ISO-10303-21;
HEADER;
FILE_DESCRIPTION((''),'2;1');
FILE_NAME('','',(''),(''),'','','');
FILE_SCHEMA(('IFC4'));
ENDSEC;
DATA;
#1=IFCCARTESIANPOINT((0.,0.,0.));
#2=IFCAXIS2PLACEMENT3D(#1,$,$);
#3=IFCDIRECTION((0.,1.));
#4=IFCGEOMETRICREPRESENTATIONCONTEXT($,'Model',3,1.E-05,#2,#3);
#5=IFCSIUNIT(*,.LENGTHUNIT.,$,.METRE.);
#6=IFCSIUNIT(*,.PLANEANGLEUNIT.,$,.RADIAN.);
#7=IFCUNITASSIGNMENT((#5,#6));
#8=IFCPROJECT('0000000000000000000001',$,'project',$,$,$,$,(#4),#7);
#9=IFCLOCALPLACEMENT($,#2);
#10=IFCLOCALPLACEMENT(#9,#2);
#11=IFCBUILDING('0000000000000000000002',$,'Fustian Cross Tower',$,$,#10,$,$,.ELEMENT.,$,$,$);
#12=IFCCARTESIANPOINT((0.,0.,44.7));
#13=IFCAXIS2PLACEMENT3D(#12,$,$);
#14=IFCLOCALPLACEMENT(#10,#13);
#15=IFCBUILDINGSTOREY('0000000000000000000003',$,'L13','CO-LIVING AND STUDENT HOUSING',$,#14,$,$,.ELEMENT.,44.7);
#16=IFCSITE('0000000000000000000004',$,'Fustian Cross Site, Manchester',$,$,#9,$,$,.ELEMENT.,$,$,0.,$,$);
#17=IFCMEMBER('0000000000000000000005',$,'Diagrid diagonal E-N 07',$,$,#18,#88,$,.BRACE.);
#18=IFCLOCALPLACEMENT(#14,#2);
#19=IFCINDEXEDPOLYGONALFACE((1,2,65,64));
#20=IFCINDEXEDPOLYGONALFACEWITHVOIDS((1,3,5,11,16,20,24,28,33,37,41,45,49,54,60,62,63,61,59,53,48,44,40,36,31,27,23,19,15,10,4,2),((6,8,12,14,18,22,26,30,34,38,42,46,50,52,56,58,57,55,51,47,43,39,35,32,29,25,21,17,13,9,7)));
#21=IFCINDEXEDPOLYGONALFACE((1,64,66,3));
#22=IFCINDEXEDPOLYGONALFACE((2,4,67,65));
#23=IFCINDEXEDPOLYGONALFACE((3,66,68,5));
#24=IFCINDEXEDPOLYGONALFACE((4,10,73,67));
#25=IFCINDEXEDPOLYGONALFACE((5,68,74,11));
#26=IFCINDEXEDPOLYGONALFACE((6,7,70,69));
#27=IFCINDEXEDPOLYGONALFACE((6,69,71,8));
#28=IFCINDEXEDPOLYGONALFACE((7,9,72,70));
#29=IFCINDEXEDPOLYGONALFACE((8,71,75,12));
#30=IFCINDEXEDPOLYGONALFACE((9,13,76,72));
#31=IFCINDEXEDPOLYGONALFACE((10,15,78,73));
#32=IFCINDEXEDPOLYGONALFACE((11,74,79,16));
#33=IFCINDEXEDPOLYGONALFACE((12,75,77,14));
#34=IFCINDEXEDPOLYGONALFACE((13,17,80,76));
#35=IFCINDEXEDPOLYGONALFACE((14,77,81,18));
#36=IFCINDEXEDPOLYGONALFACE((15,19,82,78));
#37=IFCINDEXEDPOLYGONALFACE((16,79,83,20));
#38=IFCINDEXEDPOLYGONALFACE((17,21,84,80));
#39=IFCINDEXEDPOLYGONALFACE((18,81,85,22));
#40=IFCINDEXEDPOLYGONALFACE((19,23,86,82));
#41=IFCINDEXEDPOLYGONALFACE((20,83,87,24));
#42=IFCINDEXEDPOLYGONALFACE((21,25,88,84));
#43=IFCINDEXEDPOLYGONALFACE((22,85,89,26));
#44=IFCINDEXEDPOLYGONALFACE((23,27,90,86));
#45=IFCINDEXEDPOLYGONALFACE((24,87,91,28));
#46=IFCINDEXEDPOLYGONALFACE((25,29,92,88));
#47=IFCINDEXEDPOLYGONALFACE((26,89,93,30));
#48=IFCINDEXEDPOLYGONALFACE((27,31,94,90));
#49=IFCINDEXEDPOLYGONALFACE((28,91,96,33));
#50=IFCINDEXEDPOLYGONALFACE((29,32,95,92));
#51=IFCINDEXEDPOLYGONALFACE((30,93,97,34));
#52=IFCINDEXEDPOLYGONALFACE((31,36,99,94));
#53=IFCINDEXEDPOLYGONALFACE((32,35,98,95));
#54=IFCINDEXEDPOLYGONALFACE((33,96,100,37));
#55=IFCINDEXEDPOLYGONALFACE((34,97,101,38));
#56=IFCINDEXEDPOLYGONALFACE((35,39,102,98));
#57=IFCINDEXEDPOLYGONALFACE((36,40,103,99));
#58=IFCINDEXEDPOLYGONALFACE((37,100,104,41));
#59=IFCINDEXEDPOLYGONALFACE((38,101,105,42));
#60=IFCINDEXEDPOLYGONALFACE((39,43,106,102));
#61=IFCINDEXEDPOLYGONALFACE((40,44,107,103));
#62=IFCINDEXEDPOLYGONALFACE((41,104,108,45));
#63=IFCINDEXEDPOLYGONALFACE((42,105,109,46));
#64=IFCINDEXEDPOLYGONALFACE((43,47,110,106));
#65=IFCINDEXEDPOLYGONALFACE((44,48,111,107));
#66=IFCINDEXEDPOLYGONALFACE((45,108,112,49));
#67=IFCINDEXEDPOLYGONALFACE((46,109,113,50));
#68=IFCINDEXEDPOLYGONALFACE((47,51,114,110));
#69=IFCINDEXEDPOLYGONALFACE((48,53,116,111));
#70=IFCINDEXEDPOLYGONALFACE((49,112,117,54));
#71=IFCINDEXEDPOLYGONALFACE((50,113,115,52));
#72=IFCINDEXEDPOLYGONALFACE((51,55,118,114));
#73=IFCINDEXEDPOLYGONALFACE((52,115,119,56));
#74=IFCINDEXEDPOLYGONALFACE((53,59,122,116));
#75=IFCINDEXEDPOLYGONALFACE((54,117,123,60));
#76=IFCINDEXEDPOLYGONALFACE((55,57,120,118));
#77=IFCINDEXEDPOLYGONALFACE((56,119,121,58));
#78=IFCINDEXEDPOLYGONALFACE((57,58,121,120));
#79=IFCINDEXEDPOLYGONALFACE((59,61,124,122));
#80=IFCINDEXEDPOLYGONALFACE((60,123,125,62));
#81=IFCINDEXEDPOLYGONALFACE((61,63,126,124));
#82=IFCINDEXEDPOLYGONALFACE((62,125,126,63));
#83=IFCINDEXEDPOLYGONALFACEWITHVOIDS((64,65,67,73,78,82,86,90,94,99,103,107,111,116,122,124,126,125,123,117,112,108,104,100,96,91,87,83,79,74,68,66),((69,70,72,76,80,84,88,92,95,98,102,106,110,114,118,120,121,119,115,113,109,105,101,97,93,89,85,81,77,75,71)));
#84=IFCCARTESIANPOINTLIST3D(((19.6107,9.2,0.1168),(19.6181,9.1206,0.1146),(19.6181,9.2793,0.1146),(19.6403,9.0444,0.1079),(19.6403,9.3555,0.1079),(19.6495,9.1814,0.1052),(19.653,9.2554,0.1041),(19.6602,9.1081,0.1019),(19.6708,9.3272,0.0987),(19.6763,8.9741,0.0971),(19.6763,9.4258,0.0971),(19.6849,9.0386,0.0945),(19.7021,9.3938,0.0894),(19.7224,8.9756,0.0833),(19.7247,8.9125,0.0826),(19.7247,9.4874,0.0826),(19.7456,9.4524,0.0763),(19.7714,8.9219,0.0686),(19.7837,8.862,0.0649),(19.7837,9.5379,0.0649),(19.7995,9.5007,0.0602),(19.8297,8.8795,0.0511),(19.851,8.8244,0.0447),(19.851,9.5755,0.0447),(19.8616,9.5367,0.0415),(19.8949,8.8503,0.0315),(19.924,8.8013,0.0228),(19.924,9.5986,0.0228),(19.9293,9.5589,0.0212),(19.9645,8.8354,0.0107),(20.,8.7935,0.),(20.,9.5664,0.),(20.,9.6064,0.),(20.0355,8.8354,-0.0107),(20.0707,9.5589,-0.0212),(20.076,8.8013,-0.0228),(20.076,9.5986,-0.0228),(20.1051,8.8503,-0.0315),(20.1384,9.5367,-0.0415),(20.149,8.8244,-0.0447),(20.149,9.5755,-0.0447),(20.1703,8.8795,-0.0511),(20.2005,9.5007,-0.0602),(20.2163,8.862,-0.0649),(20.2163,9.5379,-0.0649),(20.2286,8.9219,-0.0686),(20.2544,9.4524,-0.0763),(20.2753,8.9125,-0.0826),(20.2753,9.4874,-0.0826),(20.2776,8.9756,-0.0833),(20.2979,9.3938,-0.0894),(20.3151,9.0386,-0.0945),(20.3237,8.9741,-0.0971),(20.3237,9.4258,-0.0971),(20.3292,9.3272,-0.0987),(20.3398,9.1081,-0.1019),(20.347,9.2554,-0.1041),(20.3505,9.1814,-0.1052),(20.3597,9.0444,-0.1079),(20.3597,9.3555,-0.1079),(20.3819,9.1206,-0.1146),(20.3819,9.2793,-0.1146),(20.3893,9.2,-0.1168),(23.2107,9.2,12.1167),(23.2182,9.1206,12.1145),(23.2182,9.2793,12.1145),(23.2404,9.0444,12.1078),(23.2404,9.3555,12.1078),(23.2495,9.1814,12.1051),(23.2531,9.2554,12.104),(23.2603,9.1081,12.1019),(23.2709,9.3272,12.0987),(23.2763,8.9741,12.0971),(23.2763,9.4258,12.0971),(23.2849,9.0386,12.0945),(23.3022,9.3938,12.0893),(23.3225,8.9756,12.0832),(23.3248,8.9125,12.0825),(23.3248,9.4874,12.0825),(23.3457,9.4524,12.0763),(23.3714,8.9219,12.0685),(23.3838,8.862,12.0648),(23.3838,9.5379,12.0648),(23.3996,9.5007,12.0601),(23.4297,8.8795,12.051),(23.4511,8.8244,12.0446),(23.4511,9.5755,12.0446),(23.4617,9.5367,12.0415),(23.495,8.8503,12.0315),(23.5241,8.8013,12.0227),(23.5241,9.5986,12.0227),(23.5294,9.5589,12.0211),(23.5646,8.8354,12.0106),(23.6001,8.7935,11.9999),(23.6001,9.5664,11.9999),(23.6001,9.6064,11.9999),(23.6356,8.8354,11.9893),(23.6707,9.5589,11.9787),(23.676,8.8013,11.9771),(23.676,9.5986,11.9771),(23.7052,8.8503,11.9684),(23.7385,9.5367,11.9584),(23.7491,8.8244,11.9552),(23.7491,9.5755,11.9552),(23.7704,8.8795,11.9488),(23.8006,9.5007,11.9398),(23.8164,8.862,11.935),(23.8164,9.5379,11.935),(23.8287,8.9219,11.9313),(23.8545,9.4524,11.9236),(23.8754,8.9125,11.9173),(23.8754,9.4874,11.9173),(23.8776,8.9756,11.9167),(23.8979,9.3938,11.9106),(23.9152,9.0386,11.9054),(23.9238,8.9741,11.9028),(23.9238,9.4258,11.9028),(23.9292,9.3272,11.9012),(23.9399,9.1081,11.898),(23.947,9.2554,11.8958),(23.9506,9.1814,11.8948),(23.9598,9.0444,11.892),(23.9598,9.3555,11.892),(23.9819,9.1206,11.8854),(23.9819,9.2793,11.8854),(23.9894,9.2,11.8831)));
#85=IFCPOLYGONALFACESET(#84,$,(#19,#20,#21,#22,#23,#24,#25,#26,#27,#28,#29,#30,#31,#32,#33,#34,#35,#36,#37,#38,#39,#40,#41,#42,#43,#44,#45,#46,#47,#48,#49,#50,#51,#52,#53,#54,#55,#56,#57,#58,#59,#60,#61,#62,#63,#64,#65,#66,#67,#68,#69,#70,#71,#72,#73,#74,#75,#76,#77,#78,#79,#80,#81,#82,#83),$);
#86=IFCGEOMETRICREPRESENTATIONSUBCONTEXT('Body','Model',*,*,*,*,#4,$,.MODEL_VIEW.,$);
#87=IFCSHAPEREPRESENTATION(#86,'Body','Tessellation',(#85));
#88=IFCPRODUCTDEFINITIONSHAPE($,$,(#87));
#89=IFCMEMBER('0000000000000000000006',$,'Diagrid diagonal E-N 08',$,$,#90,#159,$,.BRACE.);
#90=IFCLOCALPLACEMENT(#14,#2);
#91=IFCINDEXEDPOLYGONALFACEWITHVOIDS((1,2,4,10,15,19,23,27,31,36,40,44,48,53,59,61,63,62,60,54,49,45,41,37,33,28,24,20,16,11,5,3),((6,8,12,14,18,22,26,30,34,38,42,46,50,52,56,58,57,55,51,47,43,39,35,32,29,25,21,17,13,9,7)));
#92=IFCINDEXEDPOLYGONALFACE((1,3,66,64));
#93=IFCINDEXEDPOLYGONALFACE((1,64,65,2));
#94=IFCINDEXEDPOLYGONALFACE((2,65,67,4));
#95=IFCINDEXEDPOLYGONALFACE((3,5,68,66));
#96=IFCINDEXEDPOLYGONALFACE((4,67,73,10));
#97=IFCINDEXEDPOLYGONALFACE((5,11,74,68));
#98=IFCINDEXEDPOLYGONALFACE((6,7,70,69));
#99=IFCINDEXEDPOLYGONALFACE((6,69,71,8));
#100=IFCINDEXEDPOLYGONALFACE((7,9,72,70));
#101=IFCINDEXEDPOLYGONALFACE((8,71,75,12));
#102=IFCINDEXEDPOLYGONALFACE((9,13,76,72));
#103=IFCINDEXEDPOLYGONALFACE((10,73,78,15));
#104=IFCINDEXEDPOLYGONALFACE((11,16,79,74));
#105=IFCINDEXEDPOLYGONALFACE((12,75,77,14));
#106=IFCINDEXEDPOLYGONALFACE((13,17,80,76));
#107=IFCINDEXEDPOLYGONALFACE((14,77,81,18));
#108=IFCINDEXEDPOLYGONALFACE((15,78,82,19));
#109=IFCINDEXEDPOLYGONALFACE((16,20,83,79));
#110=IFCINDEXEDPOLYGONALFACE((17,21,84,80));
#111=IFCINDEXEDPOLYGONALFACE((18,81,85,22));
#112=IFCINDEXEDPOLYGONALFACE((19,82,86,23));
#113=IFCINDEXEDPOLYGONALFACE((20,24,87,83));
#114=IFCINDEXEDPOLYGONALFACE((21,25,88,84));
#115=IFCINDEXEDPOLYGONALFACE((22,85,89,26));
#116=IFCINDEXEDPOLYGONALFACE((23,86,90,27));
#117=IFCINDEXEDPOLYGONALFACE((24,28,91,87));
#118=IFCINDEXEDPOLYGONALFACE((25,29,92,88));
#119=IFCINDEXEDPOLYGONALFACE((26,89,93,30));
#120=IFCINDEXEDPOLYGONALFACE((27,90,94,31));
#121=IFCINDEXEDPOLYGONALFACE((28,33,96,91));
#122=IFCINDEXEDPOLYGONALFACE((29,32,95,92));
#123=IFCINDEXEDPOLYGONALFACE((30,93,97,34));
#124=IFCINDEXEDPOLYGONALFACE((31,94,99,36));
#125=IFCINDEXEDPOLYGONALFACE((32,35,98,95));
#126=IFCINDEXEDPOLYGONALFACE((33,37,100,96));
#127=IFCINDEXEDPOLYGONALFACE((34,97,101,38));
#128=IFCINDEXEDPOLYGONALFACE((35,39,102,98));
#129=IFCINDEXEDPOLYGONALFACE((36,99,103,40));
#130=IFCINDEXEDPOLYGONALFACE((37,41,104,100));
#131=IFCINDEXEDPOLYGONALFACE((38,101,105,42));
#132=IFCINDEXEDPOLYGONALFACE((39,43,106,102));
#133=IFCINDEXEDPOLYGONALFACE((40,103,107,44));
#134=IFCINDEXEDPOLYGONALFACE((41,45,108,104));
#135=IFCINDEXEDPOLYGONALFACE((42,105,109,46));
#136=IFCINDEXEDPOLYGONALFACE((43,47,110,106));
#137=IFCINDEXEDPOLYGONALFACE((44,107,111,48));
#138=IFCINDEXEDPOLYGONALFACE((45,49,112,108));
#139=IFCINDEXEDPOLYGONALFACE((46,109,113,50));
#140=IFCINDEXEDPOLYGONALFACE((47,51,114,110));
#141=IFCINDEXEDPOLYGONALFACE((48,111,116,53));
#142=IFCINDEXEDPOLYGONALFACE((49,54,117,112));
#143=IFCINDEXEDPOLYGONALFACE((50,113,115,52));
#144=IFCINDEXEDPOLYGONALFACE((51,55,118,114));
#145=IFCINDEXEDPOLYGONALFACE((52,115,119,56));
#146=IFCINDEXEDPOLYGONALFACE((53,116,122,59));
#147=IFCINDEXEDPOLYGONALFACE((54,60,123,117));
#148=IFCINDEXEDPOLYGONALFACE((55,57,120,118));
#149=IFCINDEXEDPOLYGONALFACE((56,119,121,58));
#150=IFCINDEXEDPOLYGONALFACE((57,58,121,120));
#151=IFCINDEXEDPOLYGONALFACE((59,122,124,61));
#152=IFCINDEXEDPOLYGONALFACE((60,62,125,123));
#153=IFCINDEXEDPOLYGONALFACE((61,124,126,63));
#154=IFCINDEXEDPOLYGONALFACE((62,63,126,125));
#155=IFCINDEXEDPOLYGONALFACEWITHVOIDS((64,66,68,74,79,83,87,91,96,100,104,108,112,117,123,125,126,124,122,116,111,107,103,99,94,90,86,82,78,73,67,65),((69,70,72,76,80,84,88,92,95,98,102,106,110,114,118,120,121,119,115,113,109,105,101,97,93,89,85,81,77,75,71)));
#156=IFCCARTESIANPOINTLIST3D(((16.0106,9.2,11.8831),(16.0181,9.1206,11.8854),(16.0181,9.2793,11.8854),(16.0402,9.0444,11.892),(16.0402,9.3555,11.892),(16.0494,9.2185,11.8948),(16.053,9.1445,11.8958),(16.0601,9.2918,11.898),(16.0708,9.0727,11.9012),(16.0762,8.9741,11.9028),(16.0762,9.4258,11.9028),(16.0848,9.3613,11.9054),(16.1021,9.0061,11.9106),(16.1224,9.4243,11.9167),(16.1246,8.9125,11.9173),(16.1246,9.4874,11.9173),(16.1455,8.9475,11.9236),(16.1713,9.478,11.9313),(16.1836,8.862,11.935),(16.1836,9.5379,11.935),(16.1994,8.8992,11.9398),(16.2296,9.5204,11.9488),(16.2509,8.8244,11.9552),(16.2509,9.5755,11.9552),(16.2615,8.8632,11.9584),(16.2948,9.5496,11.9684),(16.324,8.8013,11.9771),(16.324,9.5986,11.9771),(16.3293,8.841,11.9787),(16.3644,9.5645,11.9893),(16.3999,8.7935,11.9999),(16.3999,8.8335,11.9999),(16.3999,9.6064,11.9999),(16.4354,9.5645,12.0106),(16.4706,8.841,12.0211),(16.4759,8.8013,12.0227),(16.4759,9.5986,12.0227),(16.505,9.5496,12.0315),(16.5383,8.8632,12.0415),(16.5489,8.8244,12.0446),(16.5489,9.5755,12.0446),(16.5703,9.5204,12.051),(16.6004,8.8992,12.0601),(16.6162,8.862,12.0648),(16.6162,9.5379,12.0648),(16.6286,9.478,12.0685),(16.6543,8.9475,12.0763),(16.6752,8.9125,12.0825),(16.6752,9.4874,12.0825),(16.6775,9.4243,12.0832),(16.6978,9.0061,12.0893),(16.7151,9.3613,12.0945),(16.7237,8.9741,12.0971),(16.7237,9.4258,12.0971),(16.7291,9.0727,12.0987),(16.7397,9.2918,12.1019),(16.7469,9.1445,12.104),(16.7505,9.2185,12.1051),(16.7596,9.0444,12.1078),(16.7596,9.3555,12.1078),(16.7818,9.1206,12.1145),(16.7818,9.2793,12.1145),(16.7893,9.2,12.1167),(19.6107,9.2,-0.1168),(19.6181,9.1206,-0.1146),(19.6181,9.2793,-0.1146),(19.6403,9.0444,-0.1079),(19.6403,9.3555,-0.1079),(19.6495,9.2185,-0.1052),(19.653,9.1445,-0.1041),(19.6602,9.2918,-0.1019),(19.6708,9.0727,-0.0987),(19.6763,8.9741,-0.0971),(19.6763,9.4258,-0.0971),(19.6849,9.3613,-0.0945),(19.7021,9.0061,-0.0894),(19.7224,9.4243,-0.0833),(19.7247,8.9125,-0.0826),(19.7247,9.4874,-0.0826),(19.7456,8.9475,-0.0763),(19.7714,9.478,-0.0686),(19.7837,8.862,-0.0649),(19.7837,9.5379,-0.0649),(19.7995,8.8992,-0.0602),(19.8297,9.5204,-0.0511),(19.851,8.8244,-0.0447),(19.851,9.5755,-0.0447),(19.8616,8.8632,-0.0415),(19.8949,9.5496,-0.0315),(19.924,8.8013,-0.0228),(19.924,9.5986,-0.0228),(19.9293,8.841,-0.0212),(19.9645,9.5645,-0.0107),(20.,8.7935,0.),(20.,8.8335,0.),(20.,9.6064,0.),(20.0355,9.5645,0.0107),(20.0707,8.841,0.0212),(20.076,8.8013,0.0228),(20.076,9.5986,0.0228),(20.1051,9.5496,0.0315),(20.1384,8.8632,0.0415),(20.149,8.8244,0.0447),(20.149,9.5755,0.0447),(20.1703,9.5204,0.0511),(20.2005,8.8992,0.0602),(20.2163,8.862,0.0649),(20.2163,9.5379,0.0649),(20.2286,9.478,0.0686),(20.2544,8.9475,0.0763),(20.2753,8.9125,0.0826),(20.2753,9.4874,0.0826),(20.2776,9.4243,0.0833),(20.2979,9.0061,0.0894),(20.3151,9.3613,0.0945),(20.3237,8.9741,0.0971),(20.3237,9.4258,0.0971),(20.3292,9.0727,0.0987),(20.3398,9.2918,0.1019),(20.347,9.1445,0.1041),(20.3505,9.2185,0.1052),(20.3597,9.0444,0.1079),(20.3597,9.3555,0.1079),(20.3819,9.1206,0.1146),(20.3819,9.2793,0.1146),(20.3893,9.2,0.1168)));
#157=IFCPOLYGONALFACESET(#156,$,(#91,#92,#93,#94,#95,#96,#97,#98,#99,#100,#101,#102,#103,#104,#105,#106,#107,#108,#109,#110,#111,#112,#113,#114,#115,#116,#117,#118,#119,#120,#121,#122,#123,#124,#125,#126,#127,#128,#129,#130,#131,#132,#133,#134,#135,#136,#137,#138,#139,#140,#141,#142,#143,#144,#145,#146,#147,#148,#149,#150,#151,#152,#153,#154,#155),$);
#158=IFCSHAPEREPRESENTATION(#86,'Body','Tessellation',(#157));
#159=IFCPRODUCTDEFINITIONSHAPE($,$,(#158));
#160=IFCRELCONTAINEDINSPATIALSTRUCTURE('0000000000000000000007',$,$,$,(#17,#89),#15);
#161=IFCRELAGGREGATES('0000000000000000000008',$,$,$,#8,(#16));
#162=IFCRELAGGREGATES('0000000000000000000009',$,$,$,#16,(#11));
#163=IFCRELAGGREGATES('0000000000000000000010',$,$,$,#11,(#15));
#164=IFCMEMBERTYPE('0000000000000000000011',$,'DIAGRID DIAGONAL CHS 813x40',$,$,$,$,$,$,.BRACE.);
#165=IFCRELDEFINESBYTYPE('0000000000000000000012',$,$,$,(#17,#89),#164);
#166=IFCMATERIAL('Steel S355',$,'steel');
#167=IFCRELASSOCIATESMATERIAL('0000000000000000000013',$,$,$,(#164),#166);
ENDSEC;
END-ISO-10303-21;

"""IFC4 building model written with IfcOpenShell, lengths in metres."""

from ifc_helpers import new_model, si_unit, direction, frame, origin, origin_2d, place, context, subcontext, project, spatial, hollow_circle, extrude, material, material_profile, profile_set, type_object, element, save


model = new_model("IFC4")

# Units and contexts
model_context = context("Model", 3, precision=1e-05, world=origin(), true_north=direction((0.0, 1.0)))
body_context = subcontext(model_context, "Body", "Model", "MODEL_VIEW")
ifc_project = project(units=[si_unit("LENGTHUNIT", "METRE"), si_unit("PLANEANGLEUNIT", "RADIAN")], contexts=[model_context])

# Site, building, storey
site_placement = place(None, origin())
site = spatial("IfcSite", under=ifc_project, at=site_placement, Name="Fustian Cross Site, Manchester", CompositionType="ELEMENT", RefElevation=0.0)
building_placement = place(site_placement, origin())
building = spatial("IfcBuilding", under=site, at=building_placement, Name="Fustian Cross Tower", CompositionType="ELEMENT")
storey_placement = place(building_placement, frame((0.0, 0.0, 44.7)))
storey = spatial("IfcBuildingStorey", under=building, at=storey_placement, Name="L13", Description="CO-LIVING AND STUDENT HOUSING", CompositionType="ELEMENT", Elevation=44.7)

# Members
ifc_material_1 = material(Name="Steel S355", Category="steel")
ifc_material_profile_1 = material_profile(ifc_material_1, hollow_circle(Radius=0.4065, WallThickness=0.04, at=origin_2d()), Name="CHS 813x40")
ifc_profile_set_1 = profile_set([ifc_material_profile_1], Name="Steel S355")
member_type_1 = type_object("IfcMemberType", Name="DIAGRID DIAGONAL CHS 813x40", PredefinedType="BRACE", material=ifc_profile_set_1)
for number, where, z_axis, x_axis, name in (
    (1, (20.0, 9.2, 0.0), (0.287355, 0.0, 0.957824), (0.0, 1.0, 0.0), "Diagrid diagonal E-N 07"),
    (2, (20.0, 9.2, 0.0), (-0.287355, 0.0, 0.957824), (0.0, -1.0, 0.0), "Diagrid diagonal E-N 08"),
):
    element("IfcMember", number, at=place(storey_placement, frame(where, z_axis=z_axis, x_axis=x_axis)), inside=storey, type_object=member_type_1, Name=name, PredefinedType="BRACE", context=body_context, shape_type="SweptSolid", body=[
        extrude(hollow_circle(Radius=0.4065, WallThickness=0.04, at=origin_2d()), origin(), (0.0, 0.0, 1.0), 12.5283),
    ])

save(model, "model.ifc")
